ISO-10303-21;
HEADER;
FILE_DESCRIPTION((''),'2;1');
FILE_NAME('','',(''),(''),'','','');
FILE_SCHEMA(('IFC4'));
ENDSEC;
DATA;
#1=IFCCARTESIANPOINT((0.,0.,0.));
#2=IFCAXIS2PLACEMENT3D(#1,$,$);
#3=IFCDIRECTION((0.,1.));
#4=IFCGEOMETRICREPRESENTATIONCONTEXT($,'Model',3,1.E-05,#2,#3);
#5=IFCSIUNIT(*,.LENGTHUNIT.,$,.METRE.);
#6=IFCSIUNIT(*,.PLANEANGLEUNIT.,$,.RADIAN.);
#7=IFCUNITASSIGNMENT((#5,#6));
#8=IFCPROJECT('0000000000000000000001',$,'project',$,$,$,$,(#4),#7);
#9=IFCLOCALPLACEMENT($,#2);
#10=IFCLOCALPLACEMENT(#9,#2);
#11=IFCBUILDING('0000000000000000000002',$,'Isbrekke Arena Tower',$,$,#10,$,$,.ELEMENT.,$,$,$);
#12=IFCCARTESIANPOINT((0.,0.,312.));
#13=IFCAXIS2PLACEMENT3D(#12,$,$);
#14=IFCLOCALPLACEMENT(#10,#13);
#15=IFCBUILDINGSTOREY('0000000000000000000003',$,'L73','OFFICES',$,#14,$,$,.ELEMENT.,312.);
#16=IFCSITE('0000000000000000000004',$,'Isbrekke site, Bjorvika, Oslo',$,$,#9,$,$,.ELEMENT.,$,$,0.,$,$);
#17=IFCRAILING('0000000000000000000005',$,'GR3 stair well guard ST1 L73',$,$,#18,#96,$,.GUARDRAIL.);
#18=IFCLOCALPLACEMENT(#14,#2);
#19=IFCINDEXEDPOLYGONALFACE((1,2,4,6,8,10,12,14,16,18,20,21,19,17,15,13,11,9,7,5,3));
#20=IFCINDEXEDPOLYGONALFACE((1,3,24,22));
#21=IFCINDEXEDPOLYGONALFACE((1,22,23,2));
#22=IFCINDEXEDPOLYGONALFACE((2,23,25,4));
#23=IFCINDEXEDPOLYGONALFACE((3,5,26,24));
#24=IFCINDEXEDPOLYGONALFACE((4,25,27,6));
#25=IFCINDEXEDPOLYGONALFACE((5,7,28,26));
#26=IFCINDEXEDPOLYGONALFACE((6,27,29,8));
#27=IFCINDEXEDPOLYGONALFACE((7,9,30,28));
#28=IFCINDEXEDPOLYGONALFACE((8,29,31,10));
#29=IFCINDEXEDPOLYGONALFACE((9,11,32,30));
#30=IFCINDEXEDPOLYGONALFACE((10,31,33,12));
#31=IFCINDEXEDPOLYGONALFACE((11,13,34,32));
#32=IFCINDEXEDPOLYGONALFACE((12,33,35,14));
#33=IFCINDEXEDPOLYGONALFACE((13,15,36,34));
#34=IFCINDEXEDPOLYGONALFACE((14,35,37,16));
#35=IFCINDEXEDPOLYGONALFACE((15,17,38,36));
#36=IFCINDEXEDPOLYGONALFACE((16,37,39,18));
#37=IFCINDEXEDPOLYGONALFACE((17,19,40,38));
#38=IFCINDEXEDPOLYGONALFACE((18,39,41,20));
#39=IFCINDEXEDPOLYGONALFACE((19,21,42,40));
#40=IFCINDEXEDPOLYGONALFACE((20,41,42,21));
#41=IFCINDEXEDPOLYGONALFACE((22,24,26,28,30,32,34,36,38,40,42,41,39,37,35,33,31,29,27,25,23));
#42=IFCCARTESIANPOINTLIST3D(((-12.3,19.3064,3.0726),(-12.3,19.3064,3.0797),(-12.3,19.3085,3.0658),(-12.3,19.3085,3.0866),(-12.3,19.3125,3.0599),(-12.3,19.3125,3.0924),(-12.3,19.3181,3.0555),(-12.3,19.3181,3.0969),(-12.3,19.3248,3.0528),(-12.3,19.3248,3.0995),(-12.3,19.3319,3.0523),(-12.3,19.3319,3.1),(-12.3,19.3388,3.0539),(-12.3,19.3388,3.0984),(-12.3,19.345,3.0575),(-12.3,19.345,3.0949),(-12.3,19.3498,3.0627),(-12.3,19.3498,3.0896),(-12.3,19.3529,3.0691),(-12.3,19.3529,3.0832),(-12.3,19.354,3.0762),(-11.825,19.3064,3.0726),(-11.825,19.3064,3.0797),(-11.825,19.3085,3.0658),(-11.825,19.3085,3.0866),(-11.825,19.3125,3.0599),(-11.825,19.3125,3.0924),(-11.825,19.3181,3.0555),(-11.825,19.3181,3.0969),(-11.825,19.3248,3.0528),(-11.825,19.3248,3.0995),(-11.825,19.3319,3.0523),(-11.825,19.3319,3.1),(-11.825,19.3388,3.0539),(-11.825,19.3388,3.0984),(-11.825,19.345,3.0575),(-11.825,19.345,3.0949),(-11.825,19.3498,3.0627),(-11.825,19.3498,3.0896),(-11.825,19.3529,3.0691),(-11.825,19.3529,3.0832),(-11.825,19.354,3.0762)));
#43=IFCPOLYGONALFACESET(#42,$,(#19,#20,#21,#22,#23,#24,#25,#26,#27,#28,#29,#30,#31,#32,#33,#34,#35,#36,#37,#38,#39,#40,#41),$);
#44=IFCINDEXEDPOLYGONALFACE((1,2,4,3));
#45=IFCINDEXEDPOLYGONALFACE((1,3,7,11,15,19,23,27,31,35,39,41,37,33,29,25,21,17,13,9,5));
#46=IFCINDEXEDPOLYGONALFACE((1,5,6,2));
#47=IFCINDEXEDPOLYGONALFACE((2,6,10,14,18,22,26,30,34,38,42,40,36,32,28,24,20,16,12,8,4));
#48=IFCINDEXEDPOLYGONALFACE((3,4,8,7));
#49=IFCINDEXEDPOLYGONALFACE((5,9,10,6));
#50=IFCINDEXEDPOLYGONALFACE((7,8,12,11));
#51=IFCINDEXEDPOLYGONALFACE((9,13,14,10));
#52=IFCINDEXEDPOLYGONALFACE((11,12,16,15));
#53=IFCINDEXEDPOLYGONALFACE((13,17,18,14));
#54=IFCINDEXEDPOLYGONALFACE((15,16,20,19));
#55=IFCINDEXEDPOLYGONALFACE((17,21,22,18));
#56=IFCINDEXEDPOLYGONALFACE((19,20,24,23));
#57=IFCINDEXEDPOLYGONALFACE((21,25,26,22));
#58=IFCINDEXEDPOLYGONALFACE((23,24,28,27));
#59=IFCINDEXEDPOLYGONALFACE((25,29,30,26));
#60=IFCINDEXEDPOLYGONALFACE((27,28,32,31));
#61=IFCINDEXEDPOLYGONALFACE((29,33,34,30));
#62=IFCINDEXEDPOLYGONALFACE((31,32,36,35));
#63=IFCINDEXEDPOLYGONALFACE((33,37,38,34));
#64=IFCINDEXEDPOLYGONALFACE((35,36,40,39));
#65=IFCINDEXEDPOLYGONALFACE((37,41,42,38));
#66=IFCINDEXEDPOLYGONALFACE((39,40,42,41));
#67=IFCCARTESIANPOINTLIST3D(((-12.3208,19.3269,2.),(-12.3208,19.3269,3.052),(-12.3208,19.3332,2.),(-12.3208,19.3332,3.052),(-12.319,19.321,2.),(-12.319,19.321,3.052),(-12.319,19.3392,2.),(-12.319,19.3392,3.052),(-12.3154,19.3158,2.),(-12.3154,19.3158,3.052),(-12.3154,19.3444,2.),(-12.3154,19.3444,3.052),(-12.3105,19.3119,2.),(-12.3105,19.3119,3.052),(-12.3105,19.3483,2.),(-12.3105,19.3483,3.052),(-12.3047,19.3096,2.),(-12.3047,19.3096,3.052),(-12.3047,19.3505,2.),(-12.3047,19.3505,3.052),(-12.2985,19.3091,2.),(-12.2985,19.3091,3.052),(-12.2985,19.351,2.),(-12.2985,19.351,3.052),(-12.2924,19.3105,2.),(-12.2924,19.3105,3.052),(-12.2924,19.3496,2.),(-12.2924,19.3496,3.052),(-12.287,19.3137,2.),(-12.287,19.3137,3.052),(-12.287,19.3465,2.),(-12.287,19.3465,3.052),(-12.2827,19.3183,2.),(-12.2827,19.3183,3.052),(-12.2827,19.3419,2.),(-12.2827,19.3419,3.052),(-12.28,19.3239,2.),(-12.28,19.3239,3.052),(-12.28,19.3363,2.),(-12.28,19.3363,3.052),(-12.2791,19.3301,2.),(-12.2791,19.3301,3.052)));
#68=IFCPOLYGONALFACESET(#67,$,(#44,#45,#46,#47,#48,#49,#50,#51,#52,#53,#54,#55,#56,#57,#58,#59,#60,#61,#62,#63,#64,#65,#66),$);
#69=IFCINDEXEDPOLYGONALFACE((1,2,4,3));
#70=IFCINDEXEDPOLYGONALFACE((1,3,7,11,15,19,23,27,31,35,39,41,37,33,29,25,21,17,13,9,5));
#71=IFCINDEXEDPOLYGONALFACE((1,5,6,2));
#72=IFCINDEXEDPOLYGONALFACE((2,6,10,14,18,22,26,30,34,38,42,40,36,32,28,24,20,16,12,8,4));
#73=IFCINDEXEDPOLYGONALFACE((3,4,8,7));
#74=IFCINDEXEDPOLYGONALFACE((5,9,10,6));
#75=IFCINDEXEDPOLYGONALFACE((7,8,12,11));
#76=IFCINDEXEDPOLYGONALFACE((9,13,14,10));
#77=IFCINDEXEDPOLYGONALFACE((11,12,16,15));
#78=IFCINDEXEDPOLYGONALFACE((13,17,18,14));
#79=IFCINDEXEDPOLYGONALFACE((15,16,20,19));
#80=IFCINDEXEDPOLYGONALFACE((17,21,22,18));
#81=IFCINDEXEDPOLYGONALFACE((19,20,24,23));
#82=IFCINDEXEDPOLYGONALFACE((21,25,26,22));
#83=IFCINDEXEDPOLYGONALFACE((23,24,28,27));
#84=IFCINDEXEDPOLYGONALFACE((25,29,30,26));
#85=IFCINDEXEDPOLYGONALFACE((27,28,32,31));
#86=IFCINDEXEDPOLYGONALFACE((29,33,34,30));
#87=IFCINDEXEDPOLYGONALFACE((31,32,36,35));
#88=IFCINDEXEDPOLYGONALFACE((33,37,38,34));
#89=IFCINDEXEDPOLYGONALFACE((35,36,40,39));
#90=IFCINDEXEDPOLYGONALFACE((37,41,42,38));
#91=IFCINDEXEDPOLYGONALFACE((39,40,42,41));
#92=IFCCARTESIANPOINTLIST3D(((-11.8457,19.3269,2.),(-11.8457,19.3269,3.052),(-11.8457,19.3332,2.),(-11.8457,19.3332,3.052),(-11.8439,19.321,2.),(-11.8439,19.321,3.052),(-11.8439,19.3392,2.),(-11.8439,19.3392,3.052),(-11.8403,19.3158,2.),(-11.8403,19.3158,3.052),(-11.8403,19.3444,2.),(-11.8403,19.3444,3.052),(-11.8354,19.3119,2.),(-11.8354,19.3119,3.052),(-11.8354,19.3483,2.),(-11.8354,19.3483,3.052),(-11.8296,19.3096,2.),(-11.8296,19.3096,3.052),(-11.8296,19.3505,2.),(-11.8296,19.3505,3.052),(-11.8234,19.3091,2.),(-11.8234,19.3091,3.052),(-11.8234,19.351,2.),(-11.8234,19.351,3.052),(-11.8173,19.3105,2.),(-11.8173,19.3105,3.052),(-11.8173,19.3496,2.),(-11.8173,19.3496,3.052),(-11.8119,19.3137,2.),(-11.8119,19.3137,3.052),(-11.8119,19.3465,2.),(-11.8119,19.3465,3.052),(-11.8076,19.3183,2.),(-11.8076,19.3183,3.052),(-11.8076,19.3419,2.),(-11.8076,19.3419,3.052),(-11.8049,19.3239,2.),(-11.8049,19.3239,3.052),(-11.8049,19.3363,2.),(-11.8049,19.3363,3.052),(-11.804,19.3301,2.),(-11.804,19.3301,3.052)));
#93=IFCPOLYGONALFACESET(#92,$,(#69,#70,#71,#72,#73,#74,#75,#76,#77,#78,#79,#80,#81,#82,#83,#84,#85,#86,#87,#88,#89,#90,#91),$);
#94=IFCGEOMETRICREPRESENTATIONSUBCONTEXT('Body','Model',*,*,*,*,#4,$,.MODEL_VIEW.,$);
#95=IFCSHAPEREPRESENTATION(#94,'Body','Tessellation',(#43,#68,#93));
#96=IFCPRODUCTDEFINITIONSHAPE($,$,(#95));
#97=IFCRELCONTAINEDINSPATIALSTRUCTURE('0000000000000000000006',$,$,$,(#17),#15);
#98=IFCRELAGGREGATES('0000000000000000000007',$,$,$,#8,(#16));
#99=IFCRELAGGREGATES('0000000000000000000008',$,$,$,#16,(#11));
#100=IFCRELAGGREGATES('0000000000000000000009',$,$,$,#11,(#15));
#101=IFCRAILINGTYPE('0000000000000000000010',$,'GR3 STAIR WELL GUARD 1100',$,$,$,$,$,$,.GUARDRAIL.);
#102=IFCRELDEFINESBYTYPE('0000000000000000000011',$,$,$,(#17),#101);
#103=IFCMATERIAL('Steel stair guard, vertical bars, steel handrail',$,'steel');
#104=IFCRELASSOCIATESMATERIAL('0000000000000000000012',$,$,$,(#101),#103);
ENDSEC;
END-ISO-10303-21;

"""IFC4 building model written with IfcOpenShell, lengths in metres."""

from ifc_helpers import new_model, si_unit, direction, frame, origin, origin_2d, place, context, subcontext, project, spatial, circle, extrude, material, type_object, element, save


model = new_model("IFC4")

# Units and contexts
model_context = context("Model", 3, precision=1e-05, world=origin(), true_north=direction((0.0, 1.0)))
body_context = subcontext(model_context, "Body", "Model", "MODEL_VIEW")
ifc_project = project(units=[si_unit("LENGTHUNIT", "METRE"), si_unit("PLANEANGLEUNIT", "RADIAN")], contexts=[model_context])

# Site, building, storey
site_placement = place(None, origin())
site = spatial("IfcSite", under=ifc_project, at=site_placement, Name="Isbrekke site, Bjorvika, Oslo", CompositionType="ELEMENT", RefElevation=0.0)
building_placement = place(site_placement, origin())
building = spatial("IfcBuilding", under=site, at=building_placement, Name="Isbrekke Arena Tower", CompositionType="ELEMENT")
storey_placement = place(building_placement, frame((0.0, 0.0, 312.0)))
storey = spatial("IfcBuildingStorey", under=building, at=storey_placement, Name="L73", Description="OFFICES", CompositionType="ELEMENT", Elevation=312.0)

# Railing
ifc_material_1 = material(Name="Steel stair guard, vertical bars, steel handrail", Category="steel")
railing_type = type_object("IfcRailingType", Name="GR3 STAIR WELL GUARD 1100", PredefinedType="GUARDRAIL", material=ifc_material_1)
railing_placement = place(storey_placement, frame((-12.3, 19.3301, 2.0)))
element("IfcRailing", 1, at=railing_placement, inside=storey, type_object=railing_type, Name="GR3 stair well guard ST1 L73", PredefinedType="GUARDRAIL", context=body_context, shape_type="SweptSolid", body=[
    extrude(circle(Radius=0.0239, at=origin_2d()), frame((0.0, 0.0, 1.0762), z_axis=(1.0, 0.0, 0.0), x_axis=(0.0, 1.0, 0.0)), (0.0, 0.0, 1.0), 0.4751),
    extrude(circle(Radius=0.021, at=origin_2d()), origin(), (0.0, 0.0, 1.0), 1.052),
    extrude(circle(Radius=0.021, at=origin_2d()), frame((0.4751, 0.0, 0.0)), (0.0, 0.0, 1.0), 1.052),
])

save(model, "model.ifc")
